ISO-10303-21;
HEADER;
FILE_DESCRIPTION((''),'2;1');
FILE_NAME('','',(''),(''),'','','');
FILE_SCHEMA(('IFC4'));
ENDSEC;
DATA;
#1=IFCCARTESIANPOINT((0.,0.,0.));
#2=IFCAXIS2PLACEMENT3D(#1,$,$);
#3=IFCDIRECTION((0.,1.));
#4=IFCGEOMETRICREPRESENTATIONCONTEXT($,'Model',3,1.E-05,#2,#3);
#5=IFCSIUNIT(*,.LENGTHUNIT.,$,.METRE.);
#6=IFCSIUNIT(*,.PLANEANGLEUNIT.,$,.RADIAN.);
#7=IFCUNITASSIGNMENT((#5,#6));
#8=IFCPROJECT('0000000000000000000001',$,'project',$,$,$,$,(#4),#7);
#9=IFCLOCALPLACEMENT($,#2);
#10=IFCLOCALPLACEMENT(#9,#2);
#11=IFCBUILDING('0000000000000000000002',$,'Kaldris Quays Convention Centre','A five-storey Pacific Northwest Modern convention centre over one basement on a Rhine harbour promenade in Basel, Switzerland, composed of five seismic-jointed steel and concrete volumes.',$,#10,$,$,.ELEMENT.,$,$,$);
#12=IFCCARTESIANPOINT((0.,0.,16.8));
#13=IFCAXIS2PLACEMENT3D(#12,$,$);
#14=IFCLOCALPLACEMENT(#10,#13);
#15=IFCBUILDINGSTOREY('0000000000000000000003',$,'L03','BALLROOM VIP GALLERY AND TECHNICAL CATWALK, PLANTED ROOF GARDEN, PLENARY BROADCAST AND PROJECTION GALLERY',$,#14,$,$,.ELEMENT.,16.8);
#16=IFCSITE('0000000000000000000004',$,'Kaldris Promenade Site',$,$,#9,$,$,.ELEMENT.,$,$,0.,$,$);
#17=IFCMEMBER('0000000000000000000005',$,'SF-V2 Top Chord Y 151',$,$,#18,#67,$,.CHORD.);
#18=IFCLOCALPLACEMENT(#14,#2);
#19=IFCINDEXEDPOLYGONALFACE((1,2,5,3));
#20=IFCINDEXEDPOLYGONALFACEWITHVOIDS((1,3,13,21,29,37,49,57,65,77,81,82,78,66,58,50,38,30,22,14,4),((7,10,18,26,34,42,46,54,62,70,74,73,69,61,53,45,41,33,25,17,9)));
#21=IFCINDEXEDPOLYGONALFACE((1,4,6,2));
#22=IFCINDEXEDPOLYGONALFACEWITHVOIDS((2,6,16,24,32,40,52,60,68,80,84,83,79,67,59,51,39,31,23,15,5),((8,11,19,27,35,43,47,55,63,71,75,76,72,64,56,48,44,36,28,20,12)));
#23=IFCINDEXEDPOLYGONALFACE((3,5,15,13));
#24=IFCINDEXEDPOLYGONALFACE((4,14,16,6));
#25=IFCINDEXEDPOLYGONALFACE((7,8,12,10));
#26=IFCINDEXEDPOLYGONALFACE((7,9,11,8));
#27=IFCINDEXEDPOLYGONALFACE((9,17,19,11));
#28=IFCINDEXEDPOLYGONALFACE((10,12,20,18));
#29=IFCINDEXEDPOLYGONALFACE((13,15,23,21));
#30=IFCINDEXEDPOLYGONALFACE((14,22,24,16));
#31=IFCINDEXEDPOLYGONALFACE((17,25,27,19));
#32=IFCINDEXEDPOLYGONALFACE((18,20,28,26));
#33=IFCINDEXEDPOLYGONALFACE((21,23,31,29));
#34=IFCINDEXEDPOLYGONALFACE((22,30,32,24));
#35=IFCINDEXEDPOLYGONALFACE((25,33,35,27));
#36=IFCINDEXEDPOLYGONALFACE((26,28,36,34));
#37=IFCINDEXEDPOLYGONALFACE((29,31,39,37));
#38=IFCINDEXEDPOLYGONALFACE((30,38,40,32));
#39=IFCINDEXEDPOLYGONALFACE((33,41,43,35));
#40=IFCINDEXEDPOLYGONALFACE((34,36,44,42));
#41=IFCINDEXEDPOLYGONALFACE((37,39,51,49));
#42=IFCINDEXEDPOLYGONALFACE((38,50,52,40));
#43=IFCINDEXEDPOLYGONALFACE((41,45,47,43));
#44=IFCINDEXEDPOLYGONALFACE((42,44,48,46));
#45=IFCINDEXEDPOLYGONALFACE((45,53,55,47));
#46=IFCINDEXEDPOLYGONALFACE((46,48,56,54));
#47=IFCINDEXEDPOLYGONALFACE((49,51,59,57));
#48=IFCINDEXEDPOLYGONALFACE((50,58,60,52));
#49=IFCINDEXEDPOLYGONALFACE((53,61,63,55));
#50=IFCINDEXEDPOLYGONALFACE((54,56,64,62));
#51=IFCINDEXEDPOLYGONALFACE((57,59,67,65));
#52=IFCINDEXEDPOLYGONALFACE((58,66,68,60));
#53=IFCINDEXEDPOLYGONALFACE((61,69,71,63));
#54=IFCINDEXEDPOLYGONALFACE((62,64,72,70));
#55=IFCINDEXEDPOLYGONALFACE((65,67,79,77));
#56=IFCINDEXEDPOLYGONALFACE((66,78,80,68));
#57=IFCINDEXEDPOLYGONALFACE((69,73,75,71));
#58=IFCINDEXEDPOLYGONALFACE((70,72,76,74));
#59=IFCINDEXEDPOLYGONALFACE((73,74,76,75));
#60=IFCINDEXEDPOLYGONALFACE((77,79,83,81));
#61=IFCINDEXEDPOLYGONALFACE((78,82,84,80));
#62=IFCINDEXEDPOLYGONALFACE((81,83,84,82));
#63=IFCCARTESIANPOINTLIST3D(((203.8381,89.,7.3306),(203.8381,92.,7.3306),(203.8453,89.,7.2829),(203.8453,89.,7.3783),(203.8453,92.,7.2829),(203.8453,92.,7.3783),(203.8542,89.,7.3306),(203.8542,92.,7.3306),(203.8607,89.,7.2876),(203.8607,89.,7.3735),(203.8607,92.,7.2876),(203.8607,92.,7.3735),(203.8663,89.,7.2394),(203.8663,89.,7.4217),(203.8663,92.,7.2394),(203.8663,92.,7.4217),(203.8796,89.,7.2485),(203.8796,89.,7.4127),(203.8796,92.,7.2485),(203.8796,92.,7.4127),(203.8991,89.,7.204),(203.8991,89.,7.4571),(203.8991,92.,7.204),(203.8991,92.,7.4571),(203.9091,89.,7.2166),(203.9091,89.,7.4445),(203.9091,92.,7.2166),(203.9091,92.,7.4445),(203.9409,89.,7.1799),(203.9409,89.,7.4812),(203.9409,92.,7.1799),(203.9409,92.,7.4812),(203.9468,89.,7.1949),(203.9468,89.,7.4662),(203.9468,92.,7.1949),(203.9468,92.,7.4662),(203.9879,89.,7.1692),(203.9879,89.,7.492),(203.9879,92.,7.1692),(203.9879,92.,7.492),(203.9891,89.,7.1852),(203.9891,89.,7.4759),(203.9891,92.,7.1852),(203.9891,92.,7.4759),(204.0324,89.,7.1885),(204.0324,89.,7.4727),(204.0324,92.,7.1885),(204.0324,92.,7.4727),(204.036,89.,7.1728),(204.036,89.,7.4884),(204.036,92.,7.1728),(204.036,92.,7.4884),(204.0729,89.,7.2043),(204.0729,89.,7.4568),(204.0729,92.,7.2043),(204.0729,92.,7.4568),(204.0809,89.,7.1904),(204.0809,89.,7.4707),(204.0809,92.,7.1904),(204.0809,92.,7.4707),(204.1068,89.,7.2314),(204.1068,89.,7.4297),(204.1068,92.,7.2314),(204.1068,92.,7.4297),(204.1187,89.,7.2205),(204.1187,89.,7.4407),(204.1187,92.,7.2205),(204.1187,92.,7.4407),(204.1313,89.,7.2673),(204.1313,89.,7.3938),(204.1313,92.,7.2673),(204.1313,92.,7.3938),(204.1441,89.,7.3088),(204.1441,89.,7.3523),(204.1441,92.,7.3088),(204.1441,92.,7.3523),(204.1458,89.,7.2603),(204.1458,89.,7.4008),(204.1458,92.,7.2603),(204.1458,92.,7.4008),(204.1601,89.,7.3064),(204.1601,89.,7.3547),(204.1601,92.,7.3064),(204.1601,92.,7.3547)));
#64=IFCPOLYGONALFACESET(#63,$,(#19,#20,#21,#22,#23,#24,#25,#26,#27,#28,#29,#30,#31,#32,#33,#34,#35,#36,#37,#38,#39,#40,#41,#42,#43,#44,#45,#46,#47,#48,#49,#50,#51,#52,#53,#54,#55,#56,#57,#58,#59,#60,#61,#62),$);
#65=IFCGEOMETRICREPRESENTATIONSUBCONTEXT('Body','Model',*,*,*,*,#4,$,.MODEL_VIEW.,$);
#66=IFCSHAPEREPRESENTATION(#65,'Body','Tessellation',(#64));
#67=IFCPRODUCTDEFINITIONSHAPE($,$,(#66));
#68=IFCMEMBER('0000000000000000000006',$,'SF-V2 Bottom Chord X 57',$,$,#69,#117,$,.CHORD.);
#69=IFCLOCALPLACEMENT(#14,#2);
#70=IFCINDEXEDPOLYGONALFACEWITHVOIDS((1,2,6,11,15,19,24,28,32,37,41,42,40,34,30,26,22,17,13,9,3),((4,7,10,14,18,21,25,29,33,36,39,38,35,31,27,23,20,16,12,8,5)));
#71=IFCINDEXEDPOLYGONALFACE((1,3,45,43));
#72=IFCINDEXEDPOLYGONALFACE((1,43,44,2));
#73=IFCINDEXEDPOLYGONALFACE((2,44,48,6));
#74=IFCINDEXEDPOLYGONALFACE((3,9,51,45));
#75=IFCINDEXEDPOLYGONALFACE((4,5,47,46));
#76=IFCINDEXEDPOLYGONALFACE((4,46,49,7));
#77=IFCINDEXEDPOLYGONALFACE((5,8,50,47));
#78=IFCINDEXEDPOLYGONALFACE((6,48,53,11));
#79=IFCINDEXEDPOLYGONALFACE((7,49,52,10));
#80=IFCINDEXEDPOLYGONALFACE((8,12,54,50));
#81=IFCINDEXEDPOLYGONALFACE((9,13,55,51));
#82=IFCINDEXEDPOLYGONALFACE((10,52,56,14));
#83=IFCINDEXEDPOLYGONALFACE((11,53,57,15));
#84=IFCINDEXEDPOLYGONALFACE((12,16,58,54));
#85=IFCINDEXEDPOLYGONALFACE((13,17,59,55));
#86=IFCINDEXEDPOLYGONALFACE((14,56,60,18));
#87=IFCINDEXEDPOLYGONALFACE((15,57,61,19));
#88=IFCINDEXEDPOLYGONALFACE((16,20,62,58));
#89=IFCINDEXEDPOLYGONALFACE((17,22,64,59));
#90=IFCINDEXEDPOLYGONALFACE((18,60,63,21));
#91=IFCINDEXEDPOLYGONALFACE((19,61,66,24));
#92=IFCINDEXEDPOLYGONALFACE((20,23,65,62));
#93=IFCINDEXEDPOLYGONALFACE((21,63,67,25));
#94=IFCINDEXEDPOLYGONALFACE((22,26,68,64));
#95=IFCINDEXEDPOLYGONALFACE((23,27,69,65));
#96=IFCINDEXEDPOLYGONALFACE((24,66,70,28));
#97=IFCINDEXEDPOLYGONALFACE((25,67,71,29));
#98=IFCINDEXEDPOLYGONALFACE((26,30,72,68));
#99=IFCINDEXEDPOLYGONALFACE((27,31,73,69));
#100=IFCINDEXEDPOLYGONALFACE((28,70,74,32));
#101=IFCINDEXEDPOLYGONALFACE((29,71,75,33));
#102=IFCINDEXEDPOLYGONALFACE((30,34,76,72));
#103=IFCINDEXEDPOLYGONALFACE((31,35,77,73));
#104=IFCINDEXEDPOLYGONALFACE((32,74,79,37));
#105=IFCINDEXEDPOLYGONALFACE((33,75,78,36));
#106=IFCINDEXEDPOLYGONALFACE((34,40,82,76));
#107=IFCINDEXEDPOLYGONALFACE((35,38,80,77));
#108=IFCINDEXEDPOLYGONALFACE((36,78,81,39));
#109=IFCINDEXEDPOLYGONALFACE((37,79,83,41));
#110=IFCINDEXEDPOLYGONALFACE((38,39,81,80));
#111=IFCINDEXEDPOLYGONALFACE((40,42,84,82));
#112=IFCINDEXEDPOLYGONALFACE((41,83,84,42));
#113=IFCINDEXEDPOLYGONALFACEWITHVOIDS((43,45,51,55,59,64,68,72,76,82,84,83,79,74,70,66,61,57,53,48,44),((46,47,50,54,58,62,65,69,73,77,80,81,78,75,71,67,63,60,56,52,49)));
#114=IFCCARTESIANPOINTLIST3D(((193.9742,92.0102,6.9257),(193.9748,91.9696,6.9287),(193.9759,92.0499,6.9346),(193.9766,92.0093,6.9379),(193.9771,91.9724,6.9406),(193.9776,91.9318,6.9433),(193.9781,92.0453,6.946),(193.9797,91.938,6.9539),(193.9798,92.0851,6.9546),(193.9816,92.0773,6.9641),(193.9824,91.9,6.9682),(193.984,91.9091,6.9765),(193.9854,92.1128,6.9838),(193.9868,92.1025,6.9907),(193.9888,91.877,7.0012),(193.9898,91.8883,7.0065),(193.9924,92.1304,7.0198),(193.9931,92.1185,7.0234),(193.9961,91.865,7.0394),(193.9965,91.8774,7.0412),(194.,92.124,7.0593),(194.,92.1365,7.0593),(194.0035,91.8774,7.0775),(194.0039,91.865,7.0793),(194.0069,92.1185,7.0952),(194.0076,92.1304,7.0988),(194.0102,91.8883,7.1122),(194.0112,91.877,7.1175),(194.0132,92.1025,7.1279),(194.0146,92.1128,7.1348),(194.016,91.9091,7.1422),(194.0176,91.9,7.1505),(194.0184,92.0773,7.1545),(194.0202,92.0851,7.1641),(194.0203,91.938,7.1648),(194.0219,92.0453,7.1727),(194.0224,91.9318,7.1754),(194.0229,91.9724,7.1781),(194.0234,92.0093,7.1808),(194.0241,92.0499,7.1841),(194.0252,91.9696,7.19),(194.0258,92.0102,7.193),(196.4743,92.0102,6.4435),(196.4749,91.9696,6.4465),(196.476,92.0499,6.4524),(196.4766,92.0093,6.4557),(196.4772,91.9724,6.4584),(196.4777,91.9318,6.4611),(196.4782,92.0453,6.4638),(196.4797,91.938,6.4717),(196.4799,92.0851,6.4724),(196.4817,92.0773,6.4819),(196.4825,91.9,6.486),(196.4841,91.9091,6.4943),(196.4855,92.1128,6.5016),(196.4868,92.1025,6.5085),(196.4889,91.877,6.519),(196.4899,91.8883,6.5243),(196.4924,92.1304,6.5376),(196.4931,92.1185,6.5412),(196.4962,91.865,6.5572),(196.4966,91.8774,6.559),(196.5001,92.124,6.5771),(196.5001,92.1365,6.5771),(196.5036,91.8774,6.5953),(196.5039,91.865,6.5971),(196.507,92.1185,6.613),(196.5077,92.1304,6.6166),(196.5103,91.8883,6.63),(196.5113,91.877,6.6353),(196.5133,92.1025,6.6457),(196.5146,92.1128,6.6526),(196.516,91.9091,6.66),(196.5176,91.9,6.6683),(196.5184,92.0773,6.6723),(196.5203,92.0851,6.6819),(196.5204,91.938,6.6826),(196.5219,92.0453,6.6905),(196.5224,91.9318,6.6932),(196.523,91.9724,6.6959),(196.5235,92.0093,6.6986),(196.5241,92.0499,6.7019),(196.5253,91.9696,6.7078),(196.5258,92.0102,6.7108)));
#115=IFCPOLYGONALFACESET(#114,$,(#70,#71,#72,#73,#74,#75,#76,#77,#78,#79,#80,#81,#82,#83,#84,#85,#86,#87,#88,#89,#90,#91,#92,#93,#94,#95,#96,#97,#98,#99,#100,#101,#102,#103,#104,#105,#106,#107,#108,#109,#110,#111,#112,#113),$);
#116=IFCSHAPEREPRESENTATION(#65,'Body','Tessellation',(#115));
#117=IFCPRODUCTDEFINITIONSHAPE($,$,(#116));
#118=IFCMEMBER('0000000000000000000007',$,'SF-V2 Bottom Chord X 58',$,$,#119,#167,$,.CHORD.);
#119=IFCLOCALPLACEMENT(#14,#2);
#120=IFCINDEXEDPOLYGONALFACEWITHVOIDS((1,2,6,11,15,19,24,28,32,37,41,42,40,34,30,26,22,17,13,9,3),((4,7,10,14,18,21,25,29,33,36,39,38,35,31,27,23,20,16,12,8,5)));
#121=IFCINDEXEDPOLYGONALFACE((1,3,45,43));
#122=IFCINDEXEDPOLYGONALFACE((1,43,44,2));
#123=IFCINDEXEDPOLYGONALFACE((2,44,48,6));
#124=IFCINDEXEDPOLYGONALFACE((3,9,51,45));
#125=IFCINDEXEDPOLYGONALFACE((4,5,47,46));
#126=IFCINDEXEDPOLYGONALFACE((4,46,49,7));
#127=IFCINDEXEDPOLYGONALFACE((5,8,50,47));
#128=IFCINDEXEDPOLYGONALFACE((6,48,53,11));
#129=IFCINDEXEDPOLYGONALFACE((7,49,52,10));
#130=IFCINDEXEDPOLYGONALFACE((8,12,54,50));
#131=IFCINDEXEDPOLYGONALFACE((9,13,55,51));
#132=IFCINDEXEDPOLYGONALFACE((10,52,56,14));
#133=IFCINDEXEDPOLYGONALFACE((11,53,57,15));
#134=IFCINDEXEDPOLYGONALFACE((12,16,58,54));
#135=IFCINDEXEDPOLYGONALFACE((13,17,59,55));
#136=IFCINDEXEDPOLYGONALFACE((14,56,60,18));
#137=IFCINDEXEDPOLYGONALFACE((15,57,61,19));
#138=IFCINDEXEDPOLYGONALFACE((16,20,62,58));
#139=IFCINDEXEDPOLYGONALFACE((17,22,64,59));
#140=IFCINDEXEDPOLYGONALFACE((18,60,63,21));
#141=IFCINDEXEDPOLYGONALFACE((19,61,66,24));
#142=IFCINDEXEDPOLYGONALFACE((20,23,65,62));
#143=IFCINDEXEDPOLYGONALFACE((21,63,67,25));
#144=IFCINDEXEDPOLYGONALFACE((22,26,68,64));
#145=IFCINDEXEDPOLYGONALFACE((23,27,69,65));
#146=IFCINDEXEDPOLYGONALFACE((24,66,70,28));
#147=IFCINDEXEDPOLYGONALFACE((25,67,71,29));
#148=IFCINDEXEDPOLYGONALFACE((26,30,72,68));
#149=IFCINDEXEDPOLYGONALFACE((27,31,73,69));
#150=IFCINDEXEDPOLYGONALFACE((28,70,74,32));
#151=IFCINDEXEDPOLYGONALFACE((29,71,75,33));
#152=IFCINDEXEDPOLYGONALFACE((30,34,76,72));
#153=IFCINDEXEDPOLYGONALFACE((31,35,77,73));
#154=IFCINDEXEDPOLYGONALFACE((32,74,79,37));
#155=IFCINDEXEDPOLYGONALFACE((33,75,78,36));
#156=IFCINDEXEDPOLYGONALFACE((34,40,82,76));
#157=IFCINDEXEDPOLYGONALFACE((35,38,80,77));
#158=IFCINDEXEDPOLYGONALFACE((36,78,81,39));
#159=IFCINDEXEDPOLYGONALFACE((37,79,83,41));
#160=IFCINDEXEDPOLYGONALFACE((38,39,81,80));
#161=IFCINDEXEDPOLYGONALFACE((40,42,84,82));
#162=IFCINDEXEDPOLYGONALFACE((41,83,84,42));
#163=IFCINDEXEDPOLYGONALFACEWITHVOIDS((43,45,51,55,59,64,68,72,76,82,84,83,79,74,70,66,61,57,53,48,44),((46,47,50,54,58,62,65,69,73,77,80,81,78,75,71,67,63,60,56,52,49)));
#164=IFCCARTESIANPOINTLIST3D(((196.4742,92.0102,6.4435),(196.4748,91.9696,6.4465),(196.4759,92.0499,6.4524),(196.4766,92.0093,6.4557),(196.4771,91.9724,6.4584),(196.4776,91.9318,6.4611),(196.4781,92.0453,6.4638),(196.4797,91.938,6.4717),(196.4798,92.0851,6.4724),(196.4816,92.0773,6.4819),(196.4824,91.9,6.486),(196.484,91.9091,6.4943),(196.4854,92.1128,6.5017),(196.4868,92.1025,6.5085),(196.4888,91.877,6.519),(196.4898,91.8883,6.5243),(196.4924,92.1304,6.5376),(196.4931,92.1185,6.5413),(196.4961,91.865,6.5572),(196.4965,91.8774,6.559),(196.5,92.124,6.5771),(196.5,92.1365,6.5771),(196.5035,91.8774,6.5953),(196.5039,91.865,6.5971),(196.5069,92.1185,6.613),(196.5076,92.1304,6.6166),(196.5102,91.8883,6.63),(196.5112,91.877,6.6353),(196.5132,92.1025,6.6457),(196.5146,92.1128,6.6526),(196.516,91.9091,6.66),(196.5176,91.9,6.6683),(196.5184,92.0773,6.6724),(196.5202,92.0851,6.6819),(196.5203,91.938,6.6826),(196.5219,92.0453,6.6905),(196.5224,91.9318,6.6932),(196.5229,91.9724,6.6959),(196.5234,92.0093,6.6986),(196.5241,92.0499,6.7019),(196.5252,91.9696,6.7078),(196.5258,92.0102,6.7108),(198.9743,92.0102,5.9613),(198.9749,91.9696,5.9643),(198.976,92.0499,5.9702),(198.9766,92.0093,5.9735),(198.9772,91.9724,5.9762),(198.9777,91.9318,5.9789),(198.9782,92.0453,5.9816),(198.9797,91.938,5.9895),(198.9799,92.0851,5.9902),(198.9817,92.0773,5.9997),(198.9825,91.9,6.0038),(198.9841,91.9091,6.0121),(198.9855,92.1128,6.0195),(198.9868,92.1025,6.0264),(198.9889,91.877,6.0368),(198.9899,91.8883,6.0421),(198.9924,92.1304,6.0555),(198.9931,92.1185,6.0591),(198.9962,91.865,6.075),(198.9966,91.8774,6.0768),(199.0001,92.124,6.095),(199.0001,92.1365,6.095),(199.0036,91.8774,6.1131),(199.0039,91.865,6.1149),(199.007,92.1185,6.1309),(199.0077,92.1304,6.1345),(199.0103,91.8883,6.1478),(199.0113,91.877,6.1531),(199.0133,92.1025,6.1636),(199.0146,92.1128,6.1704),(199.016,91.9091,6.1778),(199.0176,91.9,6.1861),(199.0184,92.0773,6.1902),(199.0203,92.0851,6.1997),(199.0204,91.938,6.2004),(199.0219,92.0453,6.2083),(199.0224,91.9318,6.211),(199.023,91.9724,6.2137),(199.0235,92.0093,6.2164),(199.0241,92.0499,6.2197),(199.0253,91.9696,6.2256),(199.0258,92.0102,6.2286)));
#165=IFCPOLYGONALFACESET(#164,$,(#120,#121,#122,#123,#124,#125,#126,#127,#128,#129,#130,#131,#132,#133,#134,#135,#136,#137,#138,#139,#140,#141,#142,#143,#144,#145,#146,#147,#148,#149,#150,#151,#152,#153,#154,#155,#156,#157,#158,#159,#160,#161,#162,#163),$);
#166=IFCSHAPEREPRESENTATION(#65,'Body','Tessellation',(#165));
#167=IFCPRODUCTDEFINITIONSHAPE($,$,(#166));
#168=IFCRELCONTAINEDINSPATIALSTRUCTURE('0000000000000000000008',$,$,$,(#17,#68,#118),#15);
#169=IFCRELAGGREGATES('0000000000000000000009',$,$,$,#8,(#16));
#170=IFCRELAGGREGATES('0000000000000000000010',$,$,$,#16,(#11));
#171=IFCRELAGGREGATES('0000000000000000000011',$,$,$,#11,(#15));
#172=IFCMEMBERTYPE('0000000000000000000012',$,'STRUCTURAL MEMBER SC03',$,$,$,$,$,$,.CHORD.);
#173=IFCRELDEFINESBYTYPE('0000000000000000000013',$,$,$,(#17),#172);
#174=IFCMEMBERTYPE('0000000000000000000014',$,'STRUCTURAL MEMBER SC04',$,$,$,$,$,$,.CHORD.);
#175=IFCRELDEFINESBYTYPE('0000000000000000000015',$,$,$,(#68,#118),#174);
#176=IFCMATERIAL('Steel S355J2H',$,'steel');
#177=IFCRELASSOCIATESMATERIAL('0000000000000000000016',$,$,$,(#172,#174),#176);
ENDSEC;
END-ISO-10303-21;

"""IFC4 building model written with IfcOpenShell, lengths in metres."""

from ifc_helpers import new_model, si_unit, direction, frame, origin, origin_2d, place, context, subcontext, project, spatial, hollow_circle, extrude, material, material_profile, profile_set, type_object, element, save


model = new_model("IFC4")

# Units and contexts
model_context = context("Model", 3, precision=1e-05, world=origin(), true_north=direction((0.0, 1.0)))
body_context = subcontext(model_context, "Body", "Model", "MODEL_VIEW")
ifc_project = project(units=[si_unit("LENGTHUNIT", "METRE"), si_unit("PLANEANGLEUNIT", "RADIAN")], contexts=[model_context])

# Site, building, storey
site_placement = place(None, origin())
site = spatial("IfcSite", under=ifc_project, at=site_placement, Name="Kaldris Promenade Site", CompositionType="ELEMENT", RefElevation=0.0)
building_placement = place(site_placement, origin())
building = spatial("IfcBuilding", under=site, at=building_placement, Name="Kaldris Quays Convention Centre", Description="A five-storey Pacific Northwest Modern convention centre over one basement on a Rhine harbour promenade in Basel, Switzerland, composed of five seismic-jointed steel and concrete volumes.", CompositionType="ELEMENT")
storey_placement = place(building_placement, frame((0.0, 0.0, 16.8)))
storey = spatial("IfcBuildingStorey", under=building, at=storey_placement, Name="L03", Description="BALLROOM VIP GALLERY AND TECHNICAL CATWALK, PLANTED ROOF GARDEN, PLENARY BROADCAST AND PROJECTION GALLERY", CompositionType="ELEMENT", Elevation=16.8)

# Members
ifc_material_1 = material(Name="Steel S355J2H", Category="steel")
ifc_material_profile_1 = material_profile(ifc_material_1, hollow_circle(Radius=0.1619, WallThickness=0.0161, at=origin_2d()), Name="CHS 323.9x16")
ifc_profile_set_1 = profile_set([ifc_material_profile_1], Name="Steel S355J2H")
member_type_1 = type_object("IfcMemberType", Name="STRUCTURAL MEMBER SC03", PredefinedType="CHORD", material=ifc_profile_set_1)
for number, where, z_axis, x_axis, name in (
    (1, (204.0, 89.0, 7.3306), (0.0, 1.0, 0.0), (-1.0, 0.0, 0.0), "SF-V2 Top Chord Y 151"),
):
    element("IfcMember", number, at=place(storey_placement, frame(where, z_axis=z_axis, x_axis=x_axis)), inside=storey, type_object=member_type_1, Name=name, PredefinedType="CHORD", context=body_context, shape_type="SweptSolid", body=[
        extrude(hollow_circle(Radius=0.1619, WallThickness=0.0161, at=origin_2d()), origin(), (0.0, 0.0, 1.0), 3.0),
    ])
ifc_material_profile_2 = material_profile(ifc_material_1, hollow_circle(Radius=0.1365, WallThickness=0.0125, at=origin_2d()), Name="CHS 273x12.5")
ifc_profile_set_2 = profile_set([ifc_material_profile_2], Name="Steel S355J2H")
member_type_2 = type_object("IfcMemberType", Name="STRUCTURAL MEMBER SC04", PredefinedType="CHORD", material=ifc_profile_set_2)
for number, where, z_axis, x_axis, name in (
    (2, (194.0, 92.0, 7.0593), (0.981904, 0.0, -0.189381), (0.0, 1.0, 0.0), "SF-V2 Bottom Chord X 57"),
    (3, (196.5, 92.0, 6.5771), (0.981904, 0.0, -0.189381), (0.0, 1.0, 0.0), "SF-V2 Bottom Chord X 58"),
):
    element("IfcMember", number, at=place(storey_placement, frame(where, z_axis=z_axis, x_axis=x_axis)), inside=storey, type_object=member_type_2, Name=name, PredefinedType="CHORD", context=body_context, shape_type="SweptSolid", body=[
        extrude(hollow_circle(Radius=0.1365, WallThickness=0.0125, at=origin_2d()), origin(), (0.0, 0.0, 1.0), 2.5461),
    ])

save(model, "model.ifc")
